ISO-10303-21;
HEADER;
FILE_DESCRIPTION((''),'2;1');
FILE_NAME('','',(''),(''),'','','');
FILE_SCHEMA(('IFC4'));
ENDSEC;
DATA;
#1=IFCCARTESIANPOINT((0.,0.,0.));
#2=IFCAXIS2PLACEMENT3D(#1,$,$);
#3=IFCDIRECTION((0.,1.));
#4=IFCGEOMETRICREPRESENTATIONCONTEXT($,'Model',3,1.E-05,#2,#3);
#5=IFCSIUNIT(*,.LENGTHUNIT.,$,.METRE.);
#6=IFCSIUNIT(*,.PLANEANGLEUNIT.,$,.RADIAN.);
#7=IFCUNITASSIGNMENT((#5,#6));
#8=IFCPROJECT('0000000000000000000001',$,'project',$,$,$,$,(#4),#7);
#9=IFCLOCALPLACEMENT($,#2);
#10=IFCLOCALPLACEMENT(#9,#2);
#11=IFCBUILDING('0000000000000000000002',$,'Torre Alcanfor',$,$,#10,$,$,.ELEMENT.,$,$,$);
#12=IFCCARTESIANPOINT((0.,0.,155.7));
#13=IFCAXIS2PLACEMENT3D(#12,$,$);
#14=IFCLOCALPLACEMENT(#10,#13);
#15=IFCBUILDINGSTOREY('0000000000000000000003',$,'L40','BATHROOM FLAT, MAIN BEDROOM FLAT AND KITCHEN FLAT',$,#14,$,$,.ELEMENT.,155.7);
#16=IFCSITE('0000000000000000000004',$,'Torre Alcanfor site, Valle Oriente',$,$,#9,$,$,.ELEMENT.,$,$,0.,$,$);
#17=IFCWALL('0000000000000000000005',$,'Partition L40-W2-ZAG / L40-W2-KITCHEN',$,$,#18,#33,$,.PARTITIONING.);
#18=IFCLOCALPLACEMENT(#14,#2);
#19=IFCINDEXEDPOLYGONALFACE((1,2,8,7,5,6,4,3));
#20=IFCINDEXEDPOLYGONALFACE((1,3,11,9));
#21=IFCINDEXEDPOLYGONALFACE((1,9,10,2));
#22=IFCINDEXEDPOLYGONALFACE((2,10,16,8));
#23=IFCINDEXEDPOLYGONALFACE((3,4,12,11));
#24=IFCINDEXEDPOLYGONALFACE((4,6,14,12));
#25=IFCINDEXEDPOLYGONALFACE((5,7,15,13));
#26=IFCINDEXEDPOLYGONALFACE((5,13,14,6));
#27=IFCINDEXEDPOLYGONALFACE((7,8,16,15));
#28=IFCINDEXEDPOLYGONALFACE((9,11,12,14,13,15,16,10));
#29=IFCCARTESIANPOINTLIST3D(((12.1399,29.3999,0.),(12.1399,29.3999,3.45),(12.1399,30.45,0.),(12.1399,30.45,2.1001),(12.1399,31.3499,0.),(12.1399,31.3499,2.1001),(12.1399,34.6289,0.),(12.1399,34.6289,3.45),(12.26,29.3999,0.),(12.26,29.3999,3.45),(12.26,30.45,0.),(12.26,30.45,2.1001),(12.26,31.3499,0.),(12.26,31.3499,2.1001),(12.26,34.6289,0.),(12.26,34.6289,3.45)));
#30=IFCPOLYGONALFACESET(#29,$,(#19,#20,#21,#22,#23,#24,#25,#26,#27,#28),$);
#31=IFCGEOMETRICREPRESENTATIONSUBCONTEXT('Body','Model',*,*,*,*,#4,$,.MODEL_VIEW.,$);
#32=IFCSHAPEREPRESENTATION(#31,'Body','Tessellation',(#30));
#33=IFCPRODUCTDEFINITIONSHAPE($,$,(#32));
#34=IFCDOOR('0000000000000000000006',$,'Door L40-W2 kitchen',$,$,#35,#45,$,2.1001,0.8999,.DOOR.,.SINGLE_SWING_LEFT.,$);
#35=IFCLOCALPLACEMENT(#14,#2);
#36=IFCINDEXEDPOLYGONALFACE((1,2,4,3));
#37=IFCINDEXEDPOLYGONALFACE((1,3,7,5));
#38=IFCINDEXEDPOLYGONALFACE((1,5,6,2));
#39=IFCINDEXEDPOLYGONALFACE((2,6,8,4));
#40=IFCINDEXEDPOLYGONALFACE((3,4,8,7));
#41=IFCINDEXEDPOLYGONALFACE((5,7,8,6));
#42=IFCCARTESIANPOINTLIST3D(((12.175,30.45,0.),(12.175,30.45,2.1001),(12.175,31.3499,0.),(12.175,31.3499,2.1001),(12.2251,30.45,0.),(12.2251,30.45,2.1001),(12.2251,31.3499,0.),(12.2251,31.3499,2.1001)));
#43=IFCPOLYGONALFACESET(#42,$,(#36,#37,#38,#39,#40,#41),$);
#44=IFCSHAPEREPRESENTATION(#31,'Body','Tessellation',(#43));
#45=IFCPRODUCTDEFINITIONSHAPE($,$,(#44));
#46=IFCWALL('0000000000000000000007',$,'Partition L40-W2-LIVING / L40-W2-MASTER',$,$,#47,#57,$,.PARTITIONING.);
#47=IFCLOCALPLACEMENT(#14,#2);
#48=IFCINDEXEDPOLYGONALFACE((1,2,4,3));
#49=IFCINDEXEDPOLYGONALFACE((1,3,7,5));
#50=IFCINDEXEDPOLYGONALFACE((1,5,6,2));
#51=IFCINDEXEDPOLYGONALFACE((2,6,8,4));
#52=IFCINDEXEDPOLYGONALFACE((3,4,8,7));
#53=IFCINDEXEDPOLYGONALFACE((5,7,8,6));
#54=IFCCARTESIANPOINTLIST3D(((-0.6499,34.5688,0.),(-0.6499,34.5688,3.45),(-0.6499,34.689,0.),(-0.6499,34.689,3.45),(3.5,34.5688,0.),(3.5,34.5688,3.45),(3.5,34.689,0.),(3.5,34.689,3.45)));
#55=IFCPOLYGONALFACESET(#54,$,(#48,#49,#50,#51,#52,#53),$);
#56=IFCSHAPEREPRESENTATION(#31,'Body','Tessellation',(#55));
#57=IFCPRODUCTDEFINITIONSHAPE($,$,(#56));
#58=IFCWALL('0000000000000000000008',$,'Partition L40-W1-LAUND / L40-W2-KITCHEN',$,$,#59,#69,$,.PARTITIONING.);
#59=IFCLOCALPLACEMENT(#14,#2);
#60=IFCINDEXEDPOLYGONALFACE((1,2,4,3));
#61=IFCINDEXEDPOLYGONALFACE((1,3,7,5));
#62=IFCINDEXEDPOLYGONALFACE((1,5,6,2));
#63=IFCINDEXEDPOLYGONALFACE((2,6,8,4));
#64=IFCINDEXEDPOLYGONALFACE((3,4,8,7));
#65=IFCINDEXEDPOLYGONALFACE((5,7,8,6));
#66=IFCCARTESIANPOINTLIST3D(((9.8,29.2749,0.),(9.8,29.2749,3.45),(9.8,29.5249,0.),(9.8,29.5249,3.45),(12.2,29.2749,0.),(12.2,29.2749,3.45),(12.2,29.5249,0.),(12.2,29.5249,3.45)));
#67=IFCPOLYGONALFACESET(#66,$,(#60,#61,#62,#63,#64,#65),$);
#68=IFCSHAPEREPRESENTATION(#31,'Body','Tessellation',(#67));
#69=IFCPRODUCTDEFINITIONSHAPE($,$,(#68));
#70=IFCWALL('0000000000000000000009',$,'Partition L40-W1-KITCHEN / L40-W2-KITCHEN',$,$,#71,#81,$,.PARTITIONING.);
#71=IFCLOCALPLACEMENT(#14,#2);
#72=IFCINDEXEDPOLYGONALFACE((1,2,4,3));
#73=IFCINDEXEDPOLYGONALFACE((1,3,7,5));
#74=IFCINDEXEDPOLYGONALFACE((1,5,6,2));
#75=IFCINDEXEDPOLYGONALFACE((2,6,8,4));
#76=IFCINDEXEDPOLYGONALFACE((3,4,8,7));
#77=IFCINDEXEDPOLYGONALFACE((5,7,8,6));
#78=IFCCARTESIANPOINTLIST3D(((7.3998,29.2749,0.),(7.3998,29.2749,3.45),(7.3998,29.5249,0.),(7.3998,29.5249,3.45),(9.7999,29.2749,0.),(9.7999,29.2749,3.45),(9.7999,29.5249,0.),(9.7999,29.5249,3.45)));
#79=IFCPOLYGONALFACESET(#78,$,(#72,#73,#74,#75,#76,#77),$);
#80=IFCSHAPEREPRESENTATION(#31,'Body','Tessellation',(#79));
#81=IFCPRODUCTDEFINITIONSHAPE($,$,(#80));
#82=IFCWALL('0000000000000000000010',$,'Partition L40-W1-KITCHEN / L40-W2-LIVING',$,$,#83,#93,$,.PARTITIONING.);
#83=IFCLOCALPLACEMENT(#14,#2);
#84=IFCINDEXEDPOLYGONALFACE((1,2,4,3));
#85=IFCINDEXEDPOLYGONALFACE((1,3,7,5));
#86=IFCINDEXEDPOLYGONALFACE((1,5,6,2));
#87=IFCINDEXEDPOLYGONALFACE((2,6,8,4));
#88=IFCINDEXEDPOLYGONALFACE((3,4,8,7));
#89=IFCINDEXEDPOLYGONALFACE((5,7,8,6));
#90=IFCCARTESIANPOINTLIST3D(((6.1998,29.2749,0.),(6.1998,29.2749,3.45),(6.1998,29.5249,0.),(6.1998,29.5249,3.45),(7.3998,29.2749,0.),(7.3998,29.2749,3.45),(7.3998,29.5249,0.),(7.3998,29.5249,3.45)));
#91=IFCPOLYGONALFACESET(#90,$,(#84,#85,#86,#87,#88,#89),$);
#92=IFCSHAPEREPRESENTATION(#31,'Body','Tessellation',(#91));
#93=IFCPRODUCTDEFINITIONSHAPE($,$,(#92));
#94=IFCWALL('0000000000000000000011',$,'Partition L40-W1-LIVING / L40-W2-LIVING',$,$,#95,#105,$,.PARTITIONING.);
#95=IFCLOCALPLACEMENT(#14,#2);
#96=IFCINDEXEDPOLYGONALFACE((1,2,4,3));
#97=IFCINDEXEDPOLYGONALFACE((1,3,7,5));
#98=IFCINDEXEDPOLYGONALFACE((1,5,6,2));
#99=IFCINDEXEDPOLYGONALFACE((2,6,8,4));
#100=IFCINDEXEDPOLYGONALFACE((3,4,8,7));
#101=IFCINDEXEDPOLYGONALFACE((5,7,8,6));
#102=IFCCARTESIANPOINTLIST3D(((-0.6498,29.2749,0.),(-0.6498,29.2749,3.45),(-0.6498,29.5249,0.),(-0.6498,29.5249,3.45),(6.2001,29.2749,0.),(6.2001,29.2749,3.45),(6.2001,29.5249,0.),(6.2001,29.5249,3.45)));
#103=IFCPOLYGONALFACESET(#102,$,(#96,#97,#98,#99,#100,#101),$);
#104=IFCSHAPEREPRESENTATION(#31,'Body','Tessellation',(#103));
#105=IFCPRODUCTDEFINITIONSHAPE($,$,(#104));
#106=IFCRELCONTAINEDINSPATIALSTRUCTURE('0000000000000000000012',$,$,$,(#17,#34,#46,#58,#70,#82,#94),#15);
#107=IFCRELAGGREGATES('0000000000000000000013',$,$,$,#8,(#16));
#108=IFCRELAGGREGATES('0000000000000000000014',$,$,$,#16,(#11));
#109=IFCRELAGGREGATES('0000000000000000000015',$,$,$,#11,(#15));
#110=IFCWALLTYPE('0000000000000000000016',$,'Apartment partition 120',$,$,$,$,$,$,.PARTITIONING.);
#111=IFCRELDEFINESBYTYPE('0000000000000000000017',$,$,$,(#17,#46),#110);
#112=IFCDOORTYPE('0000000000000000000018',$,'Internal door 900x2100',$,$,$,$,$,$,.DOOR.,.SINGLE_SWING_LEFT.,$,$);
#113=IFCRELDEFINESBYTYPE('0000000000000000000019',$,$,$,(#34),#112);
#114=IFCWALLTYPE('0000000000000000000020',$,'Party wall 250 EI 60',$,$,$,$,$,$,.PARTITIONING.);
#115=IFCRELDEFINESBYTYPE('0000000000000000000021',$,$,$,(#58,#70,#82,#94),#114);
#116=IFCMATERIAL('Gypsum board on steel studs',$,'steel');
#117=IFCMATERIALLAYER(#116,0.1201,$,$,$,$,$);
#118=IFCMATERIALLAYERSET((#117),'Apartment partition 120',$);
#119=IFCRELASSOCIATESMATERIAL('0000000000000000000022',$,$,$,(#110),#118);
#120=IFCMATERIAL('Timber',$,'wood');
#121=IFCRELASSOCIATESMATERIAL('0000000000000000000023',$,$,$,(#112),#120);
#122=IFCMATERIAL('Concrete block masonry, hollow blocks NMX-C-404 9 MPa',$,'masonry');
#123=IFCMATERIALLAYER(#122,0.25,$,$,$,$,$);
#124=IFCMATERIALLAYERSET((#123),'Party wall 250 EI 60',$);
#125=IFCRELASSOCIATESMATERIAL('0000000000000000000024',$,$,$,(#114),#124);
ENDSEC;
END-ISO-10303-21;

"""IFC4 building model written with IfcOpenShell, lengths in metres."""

from ifc_helpers import new_model, si_unit, direction, frame, frame_2d, origin, place, context, subcontext, project, spatial, rectangle, extrude, material, layer, layer_set, type_object, element, fill, save


model = new_model("IFC4")

# Units and contexts
model_context = context("Model", 3, precision=1e-05, world=origin(), true_north=direction((0.0, 1.0)))
body_context = subcontext(model_context, "Body", "Model", "MODEL_VIEW")
ifc_project = project(units=[si_unit("LENGTHUNIT", "METRE"), si_unit("PLANEANGLEUNIT", "RADIAN")], contexts=[model_context])

# Site, building, storey
site_placement = place(None, origin())
site = spatial("IfcSite", under=ifc_project, at=site_placement, Name="Torre Alcanfor site, Valle Oriente", CompositionType="ELEMENT", RefElevation=0.0)
building_placement = place(site_placement, origin())
building = spatial("IfcBuilding", under=site, at=building_placement, Name="Torre Alcanfor", CompositionType="ELEMENT")
storey_placement = place(building_placement, frame((0.0, 0.0, 155.7)))
storey = spatial("IfcBuildingStorey", under=building, at=storey_placement, Name="L40", Description="BATHROOM FLAT, MAIN BEDROOM FLAT AND KITCHEN FLAT", CompositionType="ELEMENT", Elevation=155.7)

# Shared definitions
ifc_material_1 = material(Name="Gypsum board on steel studs", Category="steel")
ifc_layer_1 = layer(ifc_material_1, 0.1201)
ifc_layer_set_1 = layer_set([ifc_layer_1], Name="Apartment partition 120")
wall_type_1 = type_object("IfcWallType", Name="Apartment partition 120", PredefinedType="PARTITIONING", material=ifc_layer_set_1)

# Wall, opening, door
wall_1_placement = place(storey_placement, frame((12.2, 29.3999, 0.0), z_axis=(0.0, 0.0, 1.0), x_axis=(0.0, 1.0, 0.0)))
wall_1 = element("IfcWall", 1, at=wall_1_placement, inside=storey, type_object=wall_type_1, Name="Partition L40-W2-ZAG / L40-W2-KITCHEN", PredefinedType="PARTITIONING", context=body_context, shape_type="SweptSolid", body=[
    extrude(rectangle(XDim=5.229, YDim=0.1201, at=frame_2d((2.6145, 0.0))), origin(), (0.0, 0.0, 1.0), 3.45),
])
opening_1_placement = place(wall_1_placement, frame((1.05, 0.0, 0.0)))
opening_1 = element("IfcOpeningElement", 2, at=opening_1_placement, cuts=wall_1, PredefinedType="OPENING", context=body_context, shape_type="SweptSolid", body=[
    extrude(rectangle(XDim=0.8999, YDim=2.1001, at=frame_2d((0.45, 1.05))), frame((0.0, 0.0701, 0.0), z_axis=(0.0, -1.0, 0.0), x_axis=(1.0, 0.0, 0.0)), (0.0, 0.0, 1.0), 0.1401),
])
ifc_material_2 = material(Name="Timber", Category="wood")
door_type_1 = type_object("IfcDoorType", Name="Internal door 900x2100", OperationType="SINGLE_SWING_LEFT", PredefinedType="DOOR", material=ifc_material_2)
door_1_placement = place(opening_1_placement, origin())
door_1 = element("IfcDoor", 3, at=door_1_placement, inside=storey, type_object=door_type_1, Name="Door L40-W2 kitchen", OperationType="SINGLE_SWING_LEFT", OverallHeight=2.1001, OverallWidth=0.8999, PredefinedType="DOOR", context=body_context, shape_type="SweptSolid", body=[
    extrude(rectangle(XDim=0.8999, YDim=2.1001, at=frame_2d((0.45, 1.05))), frame((0.0, 0.0249, 0.0), z_axis=(0.0, -1.0, 0.0), x_axis=(1.0, 0.0, 0.0)), (0.0, 0.0, 1.0), 0.05),
])
fill(opening_1, door_1)

# Walls
wall_2_placement = place(storey_placement, frame((-0.6499, 34.6289, 0.0), z_axis=(0.0, 0.0, 1.0), x_axis=(1.0, 0.0, 0.0)))
element("IfcWall", 4, at=wall_2_placement, inside=storey, type_object=wall_type_1, Name="Partition L40-W2-LIVING / L40-W2-MASTER", PredefinedType="PARTITIONING", context=body_context, shape_type="SweptSolid", body=[
    extrude(rectangle(XDim=4.1499, YDim=0.1201, at=frame_2d((2.075, 0.0))), origin(), (0.0, 0.0, 1.0), 3.45),
])
ifc_material_3 = material(Name="Concrete block masonry, hollow blocks NMX-C-404 9 MPa", Category="masonry")
ifc_layer_2 = layer(ifc_material_3, 0.25)
ifc_layer_set_2 = layer_set([ifc_layer_2], Name="Party wall 250 EI 60")
wall_type_2 = type_object("IfcWallType", Name="Party wall 250 EI 60", PredefinedType="PARTITIONING", material=ifc_layer_set_2)
wall_3_placement = place(storey_placement, frame((12.2, 29.3999, 0.0), z_axis=(0.0, 0.0, 1.0), x_axis=(-1.0, 0.0, 0.0)))
element("IfcWall", 5, at=wall_3_placement, inside=storey, type_object=wall_type_2, Name="Partition L40-W1-LAUND / L40-W2-KITCHEN", PredefinedType="PARTITIONING", context=body_context, shape_type="SweptSolid", body=[
    extrude(rectangle(XDim=2.3999, YDim=0.25, at=frame_2d((1.2, 0.0))), origin(), (0.0, 0.0, 1.0), 3.45),
])
wall_4_placement = place(storey_placement, frame((9.8, 29.3999, 0.0), z_axis=(0.0, 0.0, 1.0), x_axis=(-1.0, 0.0, 0.0)))
element("IfcWall", 6, at=wall_4_placement, inside=storey, type_object=wall_type_2, Name="Partition L40-W1-KITCHEN / L40-W2-KITCHEN", PredefinedType="PARTITIONING", context=body_context, shape_type="SweptSolid", body=[
    extrude(rectangle(XDim=2.4001, YDim=0.25, at=frame_2d((1.2002, 0.0))), origin(), (0.0, 0.0, 1.0), 3.45),
])
wall_5_placement = place(storey_placement, frame((7.3999, 29.3999, 0.0), z_axis=(0.0, 0.0, 1.0), x_axis=(-1.0, 0.0, 0.0)))
element("IfcWall", 7, at=wall_5_placement, inside=storey, type_object=wall_type_2, Name="Partition L40-W1-KITCHEN / L40-W2-LIVING", PredefinedType="PARTITIONING", context=body_context, shape_type="SweptSolid", body=[
    extrude(rectangle(XDim=1.2, YDim=0.25, at=frame_2d((0.6001, 0.0))), origin(), (0.0, 0.0, 1.0), 3.45),
])
wall_6_placement = place(storey_placement, frame((6.2, 29.3999, 0.0), z_axis=(0.0, 0.0, 1.0), x_axis=(-1.0, 0.0, 0.0)))
element("IfcWall", 8, at=wall_6_placement, inside=storey, type_object=wall_type_2, Name="Partition L40-W1-LIVING / L40-W2-LIVING", PredefinedType="PARTITIONING", context=body_context, shape_type="SweptSolid", body=[
    extrude(rectangle(XDim=6.8499, YDim=0.25, at=frame_2d((3.4248, 0.0))), origin(), (0.0, 0.0, 1.0), 3.45),
])

save(model, "model.ifc")
